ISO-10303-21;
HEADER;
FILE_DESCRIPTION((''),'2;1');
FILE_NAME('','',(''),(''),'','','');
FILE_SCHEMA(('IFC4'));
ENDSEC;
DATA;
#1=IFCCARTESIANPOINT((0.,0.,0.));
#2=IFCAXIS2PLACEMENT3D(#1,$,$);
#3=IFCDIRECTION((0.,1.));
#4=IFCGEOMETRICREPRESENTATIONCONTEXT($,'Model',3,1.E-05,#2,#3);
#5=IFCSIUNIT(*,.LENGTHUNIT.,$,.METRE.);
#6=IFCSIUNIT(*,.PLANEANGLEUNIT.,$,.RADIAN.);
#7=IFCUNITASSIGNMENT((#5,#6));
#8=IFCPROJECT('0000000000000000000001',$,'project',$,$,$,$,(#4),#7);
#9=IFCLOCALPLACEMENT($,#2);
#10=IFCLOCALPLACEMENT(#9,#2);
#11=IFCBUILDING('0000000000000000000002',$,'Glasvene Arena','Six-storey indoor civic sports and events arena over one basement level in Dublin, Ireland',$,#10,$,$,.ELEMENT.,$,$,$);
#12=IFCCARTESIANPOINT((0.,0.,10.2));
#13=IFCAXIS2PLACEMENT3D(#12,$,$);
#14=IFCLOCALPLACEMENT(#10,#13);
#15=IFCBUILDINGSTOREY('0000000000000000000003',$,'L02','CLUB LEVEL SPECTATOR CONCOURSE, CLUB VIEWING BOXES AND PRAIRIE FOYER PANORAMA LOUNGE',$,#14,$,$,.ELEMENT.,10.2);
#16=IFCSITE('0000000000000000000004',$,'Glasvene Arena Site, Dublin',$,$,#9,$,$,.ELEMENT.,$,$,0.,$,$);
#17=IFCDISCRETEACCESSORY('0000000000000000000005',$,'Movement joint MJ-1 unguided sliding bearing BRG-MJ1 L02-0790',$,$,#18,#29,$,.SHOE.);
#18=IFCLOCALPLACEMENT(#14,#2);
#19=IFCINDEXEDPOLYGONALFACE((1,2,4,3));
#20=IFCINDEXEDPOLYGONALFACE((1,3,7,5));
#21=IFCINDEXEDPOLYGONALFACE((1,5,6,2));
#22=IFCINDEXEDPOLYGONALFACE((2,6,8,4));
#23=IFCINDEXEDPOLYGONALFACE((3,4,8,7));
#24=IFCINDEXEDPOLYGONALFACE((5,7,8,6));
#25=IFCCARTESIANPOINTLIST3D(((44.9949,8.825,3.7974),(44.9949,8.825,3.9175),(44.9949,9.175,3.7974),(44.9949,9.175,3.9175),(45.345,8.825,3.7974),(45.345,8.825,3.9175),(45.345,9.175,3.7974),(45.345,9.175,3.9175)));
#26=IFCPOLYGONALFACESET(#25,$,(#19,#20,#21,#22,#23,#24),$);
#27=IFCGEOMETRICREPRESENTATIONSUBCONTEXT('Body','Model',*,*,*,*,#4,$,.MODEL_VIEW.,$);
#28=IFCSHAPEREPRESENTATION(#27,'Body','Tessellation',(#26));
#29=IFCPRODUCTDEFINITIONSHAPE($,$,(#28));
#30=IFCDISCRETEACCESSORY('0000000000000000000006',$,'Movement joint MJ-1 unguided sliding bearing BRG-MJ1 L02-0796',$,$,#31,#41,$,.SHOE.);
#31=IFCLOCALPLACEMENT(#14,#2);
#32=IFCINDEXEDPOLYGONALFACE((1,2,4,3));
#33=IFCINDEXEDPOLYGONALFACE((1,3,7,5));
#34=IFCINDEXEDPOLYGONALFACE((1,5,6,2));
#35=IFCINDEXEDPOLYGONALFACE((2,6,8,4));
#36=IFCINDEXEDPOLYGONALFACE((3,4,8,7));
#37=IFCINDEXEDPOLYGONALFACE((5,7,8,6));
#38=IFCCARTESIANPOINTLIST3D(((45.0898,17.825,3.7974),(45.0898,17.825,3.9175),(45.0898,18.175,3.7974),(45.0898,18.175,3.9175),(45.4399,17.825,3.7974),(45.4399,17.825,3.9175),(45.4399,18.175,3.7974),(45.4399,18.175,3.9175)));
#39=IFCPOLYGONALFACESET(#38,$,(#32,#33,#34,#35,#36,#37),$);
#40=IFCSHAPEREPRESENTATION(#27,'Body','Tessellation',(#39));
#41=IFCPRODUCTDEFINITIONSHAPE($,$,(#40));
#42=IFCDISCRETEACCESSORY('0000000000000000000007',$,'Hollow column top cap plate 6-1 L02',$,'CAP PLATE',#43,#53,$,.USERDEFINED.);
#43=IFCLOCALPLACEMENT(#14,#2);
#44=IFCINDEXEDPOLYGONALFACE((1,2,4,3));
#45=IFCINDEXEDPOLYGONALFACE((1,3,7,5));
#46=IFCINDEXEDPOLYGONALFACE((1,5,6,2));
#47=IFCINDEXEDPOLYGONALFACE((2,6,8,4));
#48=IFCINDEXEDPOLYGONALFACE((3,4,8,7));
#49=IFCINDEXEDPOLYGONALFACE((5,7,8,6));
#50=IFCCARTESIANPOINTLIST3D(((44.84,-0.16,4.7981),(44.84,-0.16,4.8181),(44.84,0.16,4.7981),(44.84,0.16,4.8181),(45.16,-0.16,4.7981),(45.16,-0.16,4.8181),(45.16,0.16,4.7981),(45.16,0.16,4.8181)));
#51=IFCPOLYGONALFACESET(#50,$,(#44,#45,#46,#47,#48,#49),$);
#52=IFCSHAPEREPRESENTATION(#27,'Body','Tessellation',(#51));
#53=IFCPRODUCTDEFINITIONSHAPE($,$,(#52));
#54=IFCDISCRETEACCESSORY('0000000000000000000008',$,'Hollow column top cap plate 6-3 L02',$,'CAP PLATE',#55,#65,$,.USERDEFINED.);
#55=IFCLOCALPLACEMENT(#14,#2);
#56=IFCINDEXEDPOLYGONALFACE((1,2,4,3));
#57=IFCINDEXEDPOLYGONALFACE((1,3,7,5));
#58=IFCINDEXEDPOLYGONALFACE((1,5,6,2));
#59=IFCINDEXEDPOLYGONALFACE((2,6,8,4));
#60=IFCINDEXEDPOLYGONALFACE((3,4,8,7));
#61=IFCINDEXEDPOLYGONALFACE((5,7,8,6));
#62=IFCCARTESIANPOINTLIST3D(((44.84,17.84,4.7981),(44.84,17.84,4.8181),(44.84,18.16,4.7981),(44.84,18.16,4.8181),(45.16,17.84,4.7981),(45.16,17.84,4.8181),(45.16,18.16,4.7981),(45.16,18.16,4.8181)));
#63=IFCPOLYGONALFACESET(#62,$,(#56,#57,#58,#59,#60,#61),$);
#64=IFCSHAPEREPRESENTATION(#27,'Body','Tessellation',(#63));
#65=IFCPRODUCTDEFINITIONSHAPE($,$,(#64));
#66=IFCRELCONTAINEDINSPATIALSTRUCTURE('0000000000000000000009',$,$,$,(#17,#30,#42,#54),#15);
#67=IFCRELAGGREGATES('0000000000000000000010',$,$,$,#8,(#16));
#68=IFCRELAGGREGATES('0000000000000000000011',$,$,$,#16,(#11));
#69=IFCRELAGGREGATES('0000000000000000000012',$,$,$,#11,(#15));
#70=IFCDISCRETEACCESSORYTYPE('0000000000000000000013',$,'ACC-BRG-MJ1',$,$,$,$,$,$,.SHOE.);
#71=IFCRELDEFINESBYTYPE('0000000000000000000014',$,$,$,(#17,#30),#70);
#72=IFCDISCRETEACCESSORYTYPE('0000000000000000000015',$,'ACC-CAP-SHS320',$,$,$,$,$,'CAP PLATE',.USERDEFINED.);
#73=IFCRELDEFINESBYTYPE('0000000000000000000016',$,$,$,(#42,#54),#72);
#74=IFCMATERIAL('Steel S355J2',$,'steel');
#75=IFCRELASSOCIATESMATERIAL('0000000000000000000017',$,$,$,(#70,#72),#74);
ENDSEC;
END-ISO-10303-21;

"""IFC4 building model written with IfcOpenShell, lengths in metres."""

from ifc_helpers import new_model, si_unit, direction, frame, origin, origin_2d, place, context, subcontext, project, spatial, rectangle, extrude, material, type_object, element, save


model = new_model("IFC4")

# Units and contexts
model_context = context("Model", 3, precision=1e-05, world=origin(), true_north=direction((0.0, 1.0)))
body_context = subcontext(model_context, "Body", "Model", "MODEL_VIEW")
ifc_project = project(units=[si_unit("LENGTHUNIT", "METRE"), si_unit("PLANEANGLEUNIT", "RADIAN")], contexts=[model_context])

# Site, building, storey
site_placement = place(None, origin())
site = spatial("IfcSite", under=ifc_project, at=site_placement, Name="Glasvene Arena Site, Dublin", CompositionType="ELEMENT", RefElevation=0.0)
building_placement = place(site_placement, origin())
building = spatial("IfcBuilding", under=site, at=building_placement, Name="Glasvene Arena", Description="Six-storey indoor civic sports and events arena over one basement level in Dublin, Ireland", CompositionType="ELEMENT")
storey_placement = place(building_placement, frame((0.0, 0.0, 10.2)))
storey = spatial("IfcBuildingStorey", under=building, at=storey_placement, Name="L02", Description="CLUB LEVEL SPECTATOR CONCOURSE, CLUB VIEWING BOXES AND PRAIRIE FOYER PANORAMA LOUNGE", CompositionType="ELEMENT", Elevation=10.2)

# Shared definitions
ifc_material_1 = material(Name="Steel S355J2", Category="steel")

# Discrete accessories
discrete_accessory_type_1 = type_object("IfcDiscreteAccessoryType", Name="ACC-BRG-MJ1", PredefinedType="SHOE", material=ifc_material_1)
for number, where, z_axis, x_axis, name in (
    (1, (45.1699, 9.0, 3.7974), (0.0, 0.0, 1.0), (1.0, 0.0, 0.0), "Movement joint MJ-1 unguided sliding bearing BRG-MJ1 L02-0790"),
    (2, (45.2649, 18.0, 3.7974), (0.0, 0.0, 1.0), (1.0, 0.0, 0.0), "Movement joint MJ-1 unguided sliding bearing BRG-MJ1 L02-0796"),
):
    element("IfcDiscreteAccessory", number, at=place(storey_placement, frame(where, z_axis=z_axis, x_axis=x_axis)), inside=storey, type_object=discrete_accessory_type_1, Name=name, PredefinedType="SHOE", context=body_context, shape_type="SweptSolid", body=[
        extrude(rectangle(XDim=0.3501, YDim=0.3501, at=origin_2d()), origin(), (0.0, 0.0, 1.0), 0.1201),
    ])
discrete_accessory_type_2 = type_object("IfcDiscreteAccessoryType", Name="ACC-CAP-SHS320", ElementType="CAP PLATE", PredefinedType="USERDEFINED", material=ifc_material_1)
for number, where, z_axis, x_axis, name in (
    (3, (45.0, 0.0, 4.7981), (0.0, 0.0, 1.0), (1.0, 0.0, 0.0), "Hollow column top cap plate 6-1 L02"),
    (4, (45.0, 18.0, 4.7981), (0.0, 0.0, 1.0), (1.0, 0.0, 0.0), "Hollow column top cap plate 6-3 L02"),
):
    element("IfcDiscreteAccessory", number, at=place(storey_placement, frame(where, z_axis=z_axis, x_axis=x_axis)), inside=storey, type_object=discrete_accessory_type_2, Name=name, ObjectType="CAP PLATE", PredefinedType="USERDEFINED", context=body_context, shape_type="SweptSolid", body=[
        extrude(rectangle(XDim=0.3201, YDim=0.3201, at=origin_2d()), origin(), (0.0, 0.0, 1.0), 0.02),
    ])

save(model, "model.ifc")
